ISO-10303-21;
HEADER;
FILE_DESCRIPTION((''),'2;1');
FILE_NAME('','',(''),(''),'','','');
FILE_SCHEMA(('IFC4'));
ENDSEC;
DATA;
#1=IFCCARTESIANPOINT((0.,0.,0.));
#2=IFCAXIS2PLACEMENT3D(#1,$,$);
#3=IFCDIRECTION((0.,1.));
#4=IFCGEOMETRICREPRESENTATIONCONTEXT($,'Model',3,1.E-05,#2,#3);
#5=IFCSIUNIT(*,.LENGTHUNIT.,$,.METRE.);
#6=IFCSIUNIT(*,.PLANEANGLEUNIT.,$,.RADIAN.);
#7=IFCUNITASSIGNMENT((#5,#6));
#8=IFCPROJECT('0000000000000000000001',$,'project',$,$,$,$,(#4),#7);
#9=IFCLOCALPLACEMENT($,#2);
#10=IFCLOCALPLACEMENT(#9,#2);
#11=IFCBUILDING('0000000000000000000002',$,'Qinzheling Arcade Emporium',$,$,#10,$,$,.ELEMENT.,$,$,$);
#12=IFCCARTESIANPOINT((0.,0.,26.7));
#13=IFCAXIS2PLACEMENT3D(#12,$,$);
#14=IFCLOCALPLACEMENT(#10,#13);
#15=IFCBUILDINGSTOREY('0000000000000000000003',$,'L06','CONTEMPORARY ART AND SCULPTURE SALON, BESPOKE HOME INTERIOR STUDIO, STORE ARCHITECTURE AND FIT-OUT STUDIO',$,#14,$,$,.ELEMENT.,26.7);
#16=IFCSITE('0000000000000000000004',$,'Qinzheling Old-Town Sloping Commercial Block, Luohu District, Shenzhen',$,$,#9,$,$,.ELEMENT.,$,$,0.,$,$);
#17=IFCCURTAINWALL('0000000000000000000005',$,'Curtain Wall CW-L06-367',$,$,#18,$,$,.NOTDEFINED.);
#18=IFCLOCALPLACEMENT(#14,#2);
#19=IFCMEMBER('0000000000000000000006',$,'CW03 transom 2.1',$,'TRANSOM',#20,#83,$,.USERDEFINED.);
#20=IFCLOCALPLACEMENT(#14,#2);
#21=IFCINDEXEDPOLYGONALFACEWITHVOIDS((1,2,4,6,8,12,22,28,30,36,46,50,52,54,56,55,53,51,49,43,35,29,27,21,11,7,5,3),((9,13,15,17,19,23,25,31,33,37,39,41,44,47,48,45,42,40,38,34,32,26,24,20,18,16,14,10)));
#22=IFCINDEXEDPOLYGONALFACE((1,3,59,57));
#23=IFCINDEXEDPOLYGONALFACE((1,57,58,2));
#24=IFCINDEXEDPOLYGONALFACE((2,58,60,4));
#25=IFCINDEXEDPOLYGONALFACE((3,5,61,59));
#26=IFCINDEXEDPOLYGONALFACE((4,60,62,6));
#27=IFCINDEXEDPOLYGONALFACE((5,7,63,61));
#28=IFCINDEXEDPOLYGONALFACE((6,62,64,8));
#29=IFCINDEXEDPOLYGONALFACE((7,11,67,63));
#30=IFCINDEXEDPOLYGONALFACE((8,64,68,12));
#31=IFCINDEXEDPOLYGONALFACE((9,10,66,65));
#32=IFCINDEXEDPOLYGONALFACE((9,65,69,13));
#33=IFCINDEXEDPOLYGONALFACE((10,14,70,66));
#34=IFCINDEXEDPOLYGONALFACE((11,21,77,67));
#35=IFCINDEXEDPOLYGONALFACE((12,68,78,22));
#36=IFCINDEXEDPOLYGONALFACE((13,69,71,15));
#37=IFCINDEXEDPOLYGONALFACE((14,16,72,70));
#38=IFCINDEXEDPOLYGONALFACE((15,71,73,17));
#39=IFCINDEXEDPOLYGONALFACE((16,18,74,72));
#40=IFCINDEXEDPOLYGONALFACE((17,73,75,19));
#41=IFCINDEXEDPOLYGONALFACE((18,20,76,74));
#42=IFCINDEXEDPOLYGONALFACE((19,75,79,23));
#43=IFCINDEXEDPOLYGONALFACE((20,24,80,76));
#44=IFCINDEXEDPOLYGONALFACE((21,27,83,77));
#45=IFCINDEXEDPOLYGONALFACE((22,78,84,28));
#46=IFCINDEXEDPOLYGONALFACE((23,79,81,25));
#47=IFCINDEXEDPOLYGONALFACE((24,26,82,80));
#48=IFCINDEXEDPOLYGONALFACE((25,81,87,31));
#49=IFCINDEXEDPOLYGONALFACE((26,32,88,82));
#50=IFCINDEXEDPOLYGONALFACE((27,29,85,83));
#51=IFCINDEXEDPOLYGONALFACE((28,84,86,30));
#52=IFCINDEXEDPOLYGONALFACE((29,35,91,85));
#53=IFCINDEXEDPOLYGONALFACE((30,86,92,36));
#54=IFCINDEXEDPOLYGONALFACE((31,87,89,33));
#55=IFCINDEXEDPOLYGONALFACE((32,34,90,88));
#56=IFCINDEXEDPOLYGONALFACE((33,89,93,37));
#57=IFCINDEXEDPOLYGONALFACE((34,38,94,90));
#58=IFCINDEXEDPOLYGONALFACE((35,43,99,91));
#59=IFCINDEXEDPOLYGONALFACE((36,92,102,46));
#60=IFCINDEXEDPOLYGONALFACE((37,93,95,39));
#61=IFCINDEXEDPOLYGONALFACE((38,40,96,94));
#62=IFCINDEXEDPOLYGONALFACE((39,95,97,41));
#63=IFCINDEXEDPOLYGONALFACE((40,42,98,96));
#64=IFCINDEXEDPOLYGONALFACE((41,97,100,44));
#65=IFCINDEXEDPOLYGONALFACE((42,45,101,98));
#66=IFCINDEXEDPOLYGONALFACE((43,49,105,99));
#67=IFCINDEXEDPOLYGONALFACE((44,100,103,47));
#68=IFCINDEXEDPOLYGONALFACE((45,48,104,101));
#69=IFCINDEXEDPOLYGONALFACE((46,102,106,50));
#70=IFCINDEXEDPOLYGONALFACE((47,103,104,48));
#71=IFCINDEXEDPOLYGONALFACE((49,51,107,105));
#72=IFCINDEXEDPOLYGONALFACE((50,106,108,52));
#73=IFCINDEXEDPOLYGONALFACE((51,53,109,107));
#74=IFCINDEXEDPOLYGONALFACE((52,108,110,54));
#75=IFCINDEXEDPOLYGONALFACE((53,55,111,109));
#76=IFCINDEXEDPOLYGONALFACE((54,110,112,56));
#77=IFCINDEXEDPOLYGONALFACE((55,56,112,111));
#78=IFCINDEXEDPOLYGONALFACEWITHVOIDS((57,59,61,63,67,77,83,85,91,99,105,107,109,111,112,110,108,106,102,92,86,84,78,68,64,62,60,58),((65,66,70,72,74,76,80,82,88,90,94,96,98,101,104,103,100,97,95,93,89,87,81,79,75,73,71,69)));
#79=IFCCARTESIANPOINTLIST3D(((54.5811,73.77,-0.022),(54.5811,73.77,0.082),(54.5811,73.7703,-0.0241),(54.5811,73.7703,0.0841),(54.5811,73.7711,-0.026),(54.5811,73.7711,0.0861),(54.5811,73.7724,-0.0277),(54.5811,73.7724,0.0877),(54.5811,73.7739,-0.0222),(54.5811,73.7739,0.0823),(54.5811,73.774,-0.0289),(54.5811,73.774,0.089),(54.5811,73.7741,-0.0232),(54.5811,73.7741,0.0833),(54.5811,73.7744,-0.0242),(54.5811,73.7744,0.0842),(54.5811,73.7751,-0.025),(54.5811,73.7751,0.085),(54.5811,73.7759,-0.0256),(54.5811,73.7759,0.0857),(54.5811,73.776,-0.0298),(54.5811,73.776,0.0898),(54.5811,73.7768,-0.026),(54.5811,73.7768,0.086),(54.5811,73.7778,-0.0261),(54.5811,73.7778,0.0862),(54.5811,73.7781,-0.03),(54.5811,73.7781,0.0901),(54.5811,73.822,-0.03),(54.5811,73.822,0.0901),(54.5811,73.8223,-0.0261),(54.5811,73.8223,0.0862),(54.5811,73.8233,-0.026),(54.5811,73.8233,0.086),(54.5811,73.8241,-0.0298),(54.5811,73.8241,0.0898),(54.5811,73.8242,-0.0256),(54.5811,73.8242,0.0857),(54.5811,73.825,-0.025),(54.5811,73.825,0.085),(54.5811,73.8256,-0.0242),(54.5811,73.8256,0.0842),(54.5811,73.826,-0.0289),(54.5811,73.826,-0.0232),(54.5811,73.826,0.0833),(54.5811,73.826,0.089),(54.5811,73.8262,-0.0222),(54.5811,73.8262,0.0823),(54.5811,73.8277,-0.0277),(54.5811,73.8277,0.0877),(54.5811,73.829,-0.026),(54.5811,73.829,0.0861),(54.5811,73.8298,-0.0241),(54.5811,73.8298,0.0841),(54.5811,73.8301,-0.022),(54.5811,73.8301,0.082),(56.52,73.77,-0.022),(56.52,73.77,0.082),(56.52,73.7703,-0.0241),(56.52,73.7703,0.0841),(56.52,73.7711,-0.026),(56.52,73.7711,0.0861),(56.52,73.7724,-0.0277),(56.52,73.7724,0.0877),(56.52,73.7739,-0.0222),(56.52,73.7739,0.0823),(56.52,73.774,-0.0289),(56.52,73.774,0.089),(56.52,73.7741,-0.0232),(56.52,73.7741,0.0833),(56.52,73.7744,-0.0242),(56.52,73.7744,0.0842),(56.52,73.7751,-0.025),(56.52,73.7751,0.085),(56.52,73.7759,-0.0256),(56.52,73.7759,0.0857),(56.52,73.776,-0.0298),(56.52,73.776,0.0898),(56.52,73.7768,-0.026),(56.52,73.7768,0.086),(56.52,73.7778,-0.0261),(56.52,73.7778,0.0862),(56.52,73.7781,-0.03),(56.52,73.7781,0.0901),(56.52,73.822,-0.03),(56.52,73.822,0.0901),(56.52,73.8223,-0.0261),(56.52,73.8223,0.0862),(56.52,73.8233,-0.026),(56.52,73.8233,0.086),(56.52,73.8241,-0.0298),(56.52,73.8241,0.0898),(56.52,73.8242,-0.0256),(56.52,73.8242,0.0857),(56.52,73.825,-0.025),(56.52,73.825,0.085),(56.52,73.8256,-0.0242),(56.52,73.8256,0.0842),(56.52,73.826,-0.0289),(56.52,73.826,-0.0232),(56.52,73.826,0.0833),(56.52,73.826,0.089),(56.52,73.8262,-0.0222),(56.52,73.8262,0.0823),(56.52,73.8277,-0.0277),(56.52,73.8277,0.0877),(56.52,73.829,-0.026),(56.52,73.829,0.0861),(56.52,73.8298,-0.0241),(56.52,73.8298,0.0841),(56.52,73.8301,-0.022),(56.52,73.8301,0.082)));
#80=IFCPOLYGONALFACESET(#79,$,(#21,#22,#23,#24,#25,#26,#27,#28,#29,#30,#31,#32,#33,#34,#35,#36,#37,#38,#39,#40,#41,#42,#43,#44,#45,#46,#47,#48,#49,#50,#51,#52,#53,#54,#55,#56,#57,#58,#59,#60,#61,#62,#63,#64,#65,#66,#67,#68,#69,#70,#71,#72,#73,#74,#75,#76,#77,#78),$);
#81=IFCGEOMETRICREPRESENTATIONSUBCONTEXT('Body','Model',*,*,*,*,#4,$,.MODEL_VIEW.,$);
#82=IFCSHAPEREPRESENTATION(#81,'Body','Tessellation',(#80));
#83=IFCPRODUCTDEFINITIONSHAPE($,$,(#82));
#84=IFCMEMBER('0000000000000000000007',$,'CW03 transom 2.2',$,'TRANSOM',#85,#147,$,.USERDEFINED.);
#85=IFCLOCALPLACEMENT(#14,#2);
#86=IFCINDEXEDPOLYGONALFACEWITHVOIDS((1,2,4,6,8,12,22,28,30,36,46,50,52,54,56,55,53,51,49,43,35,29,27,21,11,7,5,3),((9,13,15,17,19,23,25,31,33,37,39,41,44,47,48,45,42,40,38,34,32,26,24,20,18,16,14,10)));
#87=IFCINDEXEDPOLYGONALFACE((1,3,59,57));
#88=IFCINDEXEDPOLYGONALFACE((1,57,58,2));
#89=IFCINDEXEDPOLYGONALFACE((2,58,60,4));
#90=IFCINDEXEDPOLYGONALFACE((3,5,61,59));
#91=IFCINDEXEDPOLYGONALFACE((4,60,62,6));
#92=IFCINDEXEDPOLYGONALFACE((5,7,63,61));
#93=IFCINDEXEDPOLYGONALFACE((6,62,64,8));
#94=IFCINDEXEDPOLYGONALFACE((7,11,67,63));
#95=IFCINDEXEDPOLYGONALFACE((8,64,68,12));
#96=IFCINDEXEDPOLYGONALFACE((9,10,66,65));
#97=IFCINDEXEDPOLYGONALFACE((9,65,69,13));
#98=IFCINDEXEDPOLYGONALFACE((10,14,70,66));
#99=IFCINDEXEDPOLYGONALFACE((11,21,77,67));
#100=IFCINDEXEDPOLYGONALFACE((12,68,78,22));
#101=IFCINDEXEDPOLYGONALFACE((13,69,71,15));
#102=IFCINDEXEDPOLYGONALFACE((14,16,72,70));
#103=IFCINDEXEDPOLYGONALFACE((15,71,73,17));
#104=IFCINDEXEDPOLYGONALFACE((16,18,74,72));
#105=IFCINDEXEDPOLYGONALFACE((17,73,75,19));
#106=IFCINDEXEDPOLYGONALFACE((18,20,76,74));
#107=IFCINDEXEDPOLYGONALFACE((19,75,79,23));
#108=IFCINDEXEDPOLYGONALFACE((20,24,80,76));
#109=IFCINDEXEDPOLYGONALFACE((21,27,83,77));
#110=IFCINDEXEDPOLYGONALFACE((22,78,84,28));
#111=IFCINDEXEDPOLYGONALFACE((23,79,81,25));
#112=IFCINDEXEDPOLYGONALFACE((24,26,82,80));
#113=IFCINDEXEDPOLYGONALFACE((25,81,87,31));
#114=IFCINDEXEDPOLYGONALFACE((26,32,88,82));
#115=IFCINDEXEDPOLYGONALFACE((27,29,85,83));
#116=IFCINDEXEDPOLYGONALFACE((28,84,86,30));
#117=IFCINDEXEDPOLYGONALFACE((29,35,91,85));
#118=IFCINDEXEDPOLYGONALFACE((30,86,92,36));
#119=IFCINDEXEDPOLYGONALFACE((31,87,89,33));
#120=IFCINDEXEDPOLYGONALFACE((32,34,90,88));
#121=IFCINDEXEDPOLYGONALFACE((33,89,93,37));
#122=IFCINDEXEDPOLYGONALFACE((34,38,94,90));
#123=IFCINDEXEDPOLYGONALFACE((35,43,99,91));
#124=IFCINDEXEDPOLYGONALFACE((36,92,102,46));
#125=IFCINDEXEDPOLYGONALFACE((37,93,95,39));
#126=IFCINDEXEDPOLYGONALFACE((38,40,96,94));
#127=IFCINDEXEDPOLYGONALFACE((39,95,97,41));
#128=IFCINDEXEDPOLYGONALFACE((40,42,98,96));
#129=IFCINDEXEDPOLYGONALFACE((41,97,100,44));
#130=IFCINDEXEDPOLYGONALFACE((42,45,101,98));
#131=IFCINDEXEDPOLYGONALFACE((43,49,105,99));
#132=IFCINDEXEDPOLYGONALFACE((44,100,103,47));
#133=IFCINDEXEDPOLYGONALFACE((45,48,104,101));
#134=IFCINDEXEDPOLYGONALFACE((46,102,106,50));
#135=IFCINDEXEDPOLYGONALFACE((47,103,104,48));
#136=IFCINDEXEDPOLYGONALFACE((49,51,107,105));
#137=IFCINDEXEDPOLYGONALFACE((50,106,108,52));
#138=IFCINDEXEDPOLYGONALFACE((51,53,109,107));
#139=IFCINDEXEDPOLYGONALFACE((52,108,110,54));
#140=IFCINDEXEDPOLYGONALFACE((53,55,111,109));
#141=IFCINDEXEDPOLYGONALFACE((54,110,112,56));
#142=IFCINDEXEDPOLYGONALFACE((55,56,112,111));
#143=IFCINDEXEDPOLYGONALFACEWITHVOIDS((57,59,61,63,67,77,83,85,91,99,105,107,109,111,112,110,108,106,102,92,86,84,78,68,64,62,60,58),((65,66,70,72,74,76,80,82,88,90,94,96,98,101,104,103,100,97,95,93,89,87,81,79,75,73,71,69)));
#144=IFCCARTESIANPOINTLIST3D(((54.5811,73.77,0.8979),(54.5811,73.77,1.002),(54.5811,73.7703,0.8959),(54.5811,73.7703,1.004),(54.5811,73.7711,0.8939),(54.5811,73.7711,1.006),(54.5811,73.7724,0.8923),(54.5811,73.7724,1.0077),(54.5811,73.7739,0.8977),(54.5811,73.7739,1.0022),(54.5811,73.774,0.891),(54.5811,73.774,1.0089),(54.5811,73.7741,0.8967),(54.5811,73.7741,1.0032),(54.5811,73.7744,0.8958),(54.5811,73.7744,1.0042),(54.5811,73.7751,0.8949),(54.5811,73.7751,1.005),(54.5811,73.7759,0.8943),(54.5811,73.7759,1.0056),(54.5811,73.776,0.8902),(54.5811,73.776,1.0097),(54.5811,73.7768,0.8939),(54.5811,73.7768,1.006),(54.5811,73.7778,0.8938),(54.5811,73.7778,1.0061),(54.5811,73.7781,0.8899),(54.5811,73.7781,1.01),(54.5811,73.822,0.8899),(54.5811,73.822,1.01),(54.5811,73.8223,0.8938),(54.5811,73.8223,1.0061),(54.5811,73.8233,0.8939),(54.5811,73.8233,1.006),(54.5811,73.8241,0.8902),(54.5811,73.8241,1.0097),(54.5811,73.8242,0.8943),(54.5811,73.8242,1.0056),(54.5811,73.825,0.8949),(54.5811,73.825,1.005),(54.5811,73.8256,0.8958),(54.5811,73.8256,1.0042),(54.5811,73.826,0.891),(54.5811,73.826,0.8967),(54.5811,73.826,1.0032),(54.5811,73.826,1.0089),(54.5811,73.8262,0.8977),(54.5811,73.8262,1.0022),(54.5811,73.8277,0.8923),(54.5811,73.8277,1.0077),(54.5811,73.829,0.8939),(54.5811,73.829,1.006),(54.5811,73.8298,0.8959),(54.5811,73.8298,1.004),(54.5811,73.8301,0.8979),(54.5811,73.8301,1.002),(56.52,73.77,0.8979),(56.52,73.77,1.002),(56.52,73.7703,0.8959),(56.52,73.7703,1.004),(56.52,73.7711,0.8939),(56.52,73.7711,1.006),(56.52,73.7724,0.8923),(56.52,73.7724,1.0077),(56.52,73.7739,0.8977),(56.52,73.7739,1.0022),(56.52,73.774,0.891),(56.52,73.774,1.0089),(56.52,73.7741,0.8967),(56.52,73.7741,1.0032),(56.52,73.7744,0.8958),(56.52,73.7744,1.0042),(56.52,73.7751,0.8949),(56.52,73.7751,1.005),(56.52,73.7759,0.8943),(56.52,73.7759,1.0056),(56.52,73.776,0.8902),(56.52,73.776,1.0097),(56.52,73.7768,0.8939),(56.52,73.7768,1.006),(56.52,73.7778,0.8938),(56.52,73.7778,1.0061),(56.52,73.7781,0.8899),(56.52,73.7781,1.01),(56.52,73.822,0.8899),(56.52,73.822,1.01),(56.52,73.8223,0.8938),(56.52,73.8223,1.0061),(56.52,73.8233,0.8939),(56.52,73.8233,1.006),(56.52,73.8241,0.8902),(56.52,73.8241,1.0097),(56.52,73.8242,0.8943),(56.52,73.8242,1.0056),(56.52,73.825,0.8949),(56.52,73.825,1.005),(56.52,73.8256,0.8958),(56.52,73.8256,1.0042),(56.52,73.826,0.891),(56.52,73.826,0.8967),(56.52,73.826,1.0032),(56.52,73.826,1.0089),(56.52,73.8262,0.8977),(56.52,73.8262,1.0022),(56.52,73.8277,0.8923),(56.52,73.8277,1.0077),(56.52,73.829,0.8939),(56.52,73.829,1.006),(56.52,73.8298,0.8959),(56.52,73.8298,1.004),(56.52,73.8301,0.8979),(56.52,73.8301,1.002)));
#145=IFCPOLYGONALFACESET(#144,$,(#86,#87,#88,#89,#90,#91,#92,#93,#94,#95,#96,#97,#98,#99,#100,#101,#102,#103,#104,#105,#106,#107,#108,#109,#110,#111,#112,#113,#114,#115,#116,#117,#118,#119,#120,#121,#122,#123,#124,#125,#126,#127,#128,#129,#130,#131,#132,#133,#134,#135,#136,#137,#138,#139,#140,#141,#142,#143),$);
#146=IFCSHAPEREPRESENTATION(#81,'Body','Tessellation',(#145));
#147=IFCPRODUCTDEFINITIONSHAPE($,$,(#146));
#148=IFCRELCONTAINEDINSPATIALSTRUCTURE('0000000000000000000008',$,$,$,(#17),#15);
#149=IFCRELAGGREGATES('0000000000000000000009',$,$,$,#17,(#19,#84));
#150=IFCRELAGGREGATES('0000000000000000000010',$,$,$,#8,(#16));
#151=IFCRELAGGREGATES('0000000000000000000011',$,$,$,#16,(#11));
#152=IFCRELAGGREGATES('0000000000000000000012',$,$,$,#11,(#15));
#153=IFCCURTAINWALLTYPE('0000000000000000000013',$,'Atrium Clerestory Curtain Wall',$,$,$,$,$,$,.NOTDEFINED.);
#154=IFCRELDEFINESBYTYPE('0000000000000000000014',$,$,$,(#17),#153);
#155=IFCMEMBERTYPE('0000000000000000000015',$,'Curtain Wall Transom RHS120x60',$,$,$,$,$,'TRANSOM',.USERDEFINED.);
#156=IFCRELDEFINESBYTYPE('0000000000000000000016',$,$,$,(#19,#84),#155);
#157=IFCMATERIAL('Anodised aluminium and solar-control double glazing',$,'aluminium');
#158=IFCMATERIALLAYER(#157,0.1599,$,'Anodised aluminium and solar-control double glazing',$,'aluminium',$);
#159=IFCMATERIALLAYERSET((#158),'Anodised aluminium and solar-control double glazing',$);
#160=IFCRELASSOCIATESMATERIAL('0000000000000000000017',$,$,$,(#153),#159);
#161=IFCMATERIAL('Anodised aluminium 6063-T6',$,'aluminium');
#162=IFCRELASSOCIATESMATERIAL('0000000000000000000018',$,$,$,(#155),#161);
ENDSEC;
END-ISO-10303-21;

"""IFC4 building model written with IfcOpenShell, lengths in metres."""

from ifc_helpers import new_model, si_unit, direction, frame, origin, origin_2d, place, context, subcontext, project, spatial, hollow_rectangle, extrude, material, layer, layer_set, material_profile, profile_set, type_object, element, aggregate, save


model = new_model("IFC4")

# Units and contexts
model_context = context("Model", 3, precision=1e-05, world=origin(), true_north=direction((0.0, 1.0)))
body_context = subcontext(model_context, "Body", "Model", "MODEL_VIEW")
ifc_project = project(units=[si_unit("LENGTHUNIT", "METRE"), si_unit("PLANEANGLEUNIT", "RADIAN")], contexts=[model_context])

# Site, building, storey
site_placement = place(None, origin())
site = spatial("IfcSite", under=ifc_project, at=site_placement, Name="Qinzheling Old-Town Sloping Commercial Block, Luohu District, Shenzhen", CompositionType="ELEMENT", RefElevation=0.0)
building_placement = place(site_placement, origin())
building = spatial("IfcBuilding", under=site, at=building_placement, Name="Qinzheling Arcade Emporium", CompositionType="ELEMENT")
storey_placement = place(building_placement, frame((0.0, 0.0, 26.7)))
storey = spatial("IfcBuildingStorey", under=building, at=storey_placement, Name="L06", Description="CONTEMPORARY ART AND SCULPTURE SALON, BESPOKE HOME INTERIOR STUDIO, STORE ARCHITECTURE AND FIT-OUT STUDIO", CompositionType="ELEMENT", Elevation=26.7)

# Curtain wall
ifc_material_1 = material(Name="Anodised aluminium and solar-control double glazing", Category="aluminium")
ifc_layer_1 = layer(ifc_material_1, 0.1599, Name="Anodised aluminium and solar-control double glazing", Category="aluminium")
ifc_layer_set_1 = layer_set([ifc_layer_1], Name="Anodised aluminium and solar-control double glazing")
curtain_wall_type = type_object("IfcCurtainWallType", Name="Atrium Clerestory Curtain Wall", PredefinedType="NOTDEFINED", material=ifc_layer_set_1)
ifc_material_2 = material(Name="Anodised aluminium 6063-T6", Category="aluminium")
curtain_wall_1_placement = place(storey_placement, origin())
curtain_wall_1 = element("IfcCurtainWall", 1, at=curtain_wall_1_placement, inside=storey, type_object=curtain_wall_type, Name="Curtain Wall CW-L06-367", PredefinedType="NOTDEFINED")

# Members
ifc_material_profile_1 = material_profile(ifc_material_2, hollow_rectangle(XDim=0.0601, YDim=0.1201, WallThickness=0.0039, InnerFilletRadius=0.0039, OuterFilletRadius=0.0081, at=origin_2d()), Name="RHS 120x60x4", Category="aluminium")
ifc_profile_set_1 = profile_set([ifc_material_profile_1], Name="Anodised aluminium 6063-T6")
member_type_1 = type_object("IfcMemberType", Name="Curtain Wall Transom RHS120x60", ElementType="TRANSOM", PredefinedType="USERDEFINED", material=ifc_profile_set_1)
member_1_placement = place(storey_placement, frame((54.5811, 73.8, 0.03), z_axis=(1.0, 0.0, 0.0), x_axis=(0.0, 1.0, 0.0)))
member_1 = element("IfcMember", 2, at=member_1_placement, type_object=member_type_1, Name="CW03 transom 2.1", ObjectType="TRANSOM", PredefinedType="USERDEFINED", context=body_context, shape_type="SweptSolid", body=[
    extrude(hollow_rectangle(XDim=0.0601, YDim=0.1201, WallThickness=0.0039, InnerFilletRadius=0.0039, OuterFilletRadius=0.0081, at=origin_2d()), origin(), (0.0, 0.0, 1.0), 1.939),
])
member_2_placement = place(storey_placement, frame((54.5811, 73.8, 0.95), z_axis=(1.0, 0.0, 0.0), x_axis=(0.0, 1.0, 0.0)))
member_2 = element("IfcMember", 3, at=member_2_placement, type_object=member_type_1, Name="CW03 transom 2.2", ObjectType="TRANSOM", PredefinedType="USERDEFINED", context=body_context, shape_type="SweptSolid", body=[
    extrude(hollow_rectangle(XDim=0.0601, YDim=0.1201, WallThickness=0.0039, InnerFilletRadius=0.0039, OuterFilletRadius=0.0081, at=origin_2d()), origin(), (0.0, 0.0, 1.0), 1.939),
])

aggregate(curtain_wall_1, [member_1, member_2])

save(model, "model.ifc")
